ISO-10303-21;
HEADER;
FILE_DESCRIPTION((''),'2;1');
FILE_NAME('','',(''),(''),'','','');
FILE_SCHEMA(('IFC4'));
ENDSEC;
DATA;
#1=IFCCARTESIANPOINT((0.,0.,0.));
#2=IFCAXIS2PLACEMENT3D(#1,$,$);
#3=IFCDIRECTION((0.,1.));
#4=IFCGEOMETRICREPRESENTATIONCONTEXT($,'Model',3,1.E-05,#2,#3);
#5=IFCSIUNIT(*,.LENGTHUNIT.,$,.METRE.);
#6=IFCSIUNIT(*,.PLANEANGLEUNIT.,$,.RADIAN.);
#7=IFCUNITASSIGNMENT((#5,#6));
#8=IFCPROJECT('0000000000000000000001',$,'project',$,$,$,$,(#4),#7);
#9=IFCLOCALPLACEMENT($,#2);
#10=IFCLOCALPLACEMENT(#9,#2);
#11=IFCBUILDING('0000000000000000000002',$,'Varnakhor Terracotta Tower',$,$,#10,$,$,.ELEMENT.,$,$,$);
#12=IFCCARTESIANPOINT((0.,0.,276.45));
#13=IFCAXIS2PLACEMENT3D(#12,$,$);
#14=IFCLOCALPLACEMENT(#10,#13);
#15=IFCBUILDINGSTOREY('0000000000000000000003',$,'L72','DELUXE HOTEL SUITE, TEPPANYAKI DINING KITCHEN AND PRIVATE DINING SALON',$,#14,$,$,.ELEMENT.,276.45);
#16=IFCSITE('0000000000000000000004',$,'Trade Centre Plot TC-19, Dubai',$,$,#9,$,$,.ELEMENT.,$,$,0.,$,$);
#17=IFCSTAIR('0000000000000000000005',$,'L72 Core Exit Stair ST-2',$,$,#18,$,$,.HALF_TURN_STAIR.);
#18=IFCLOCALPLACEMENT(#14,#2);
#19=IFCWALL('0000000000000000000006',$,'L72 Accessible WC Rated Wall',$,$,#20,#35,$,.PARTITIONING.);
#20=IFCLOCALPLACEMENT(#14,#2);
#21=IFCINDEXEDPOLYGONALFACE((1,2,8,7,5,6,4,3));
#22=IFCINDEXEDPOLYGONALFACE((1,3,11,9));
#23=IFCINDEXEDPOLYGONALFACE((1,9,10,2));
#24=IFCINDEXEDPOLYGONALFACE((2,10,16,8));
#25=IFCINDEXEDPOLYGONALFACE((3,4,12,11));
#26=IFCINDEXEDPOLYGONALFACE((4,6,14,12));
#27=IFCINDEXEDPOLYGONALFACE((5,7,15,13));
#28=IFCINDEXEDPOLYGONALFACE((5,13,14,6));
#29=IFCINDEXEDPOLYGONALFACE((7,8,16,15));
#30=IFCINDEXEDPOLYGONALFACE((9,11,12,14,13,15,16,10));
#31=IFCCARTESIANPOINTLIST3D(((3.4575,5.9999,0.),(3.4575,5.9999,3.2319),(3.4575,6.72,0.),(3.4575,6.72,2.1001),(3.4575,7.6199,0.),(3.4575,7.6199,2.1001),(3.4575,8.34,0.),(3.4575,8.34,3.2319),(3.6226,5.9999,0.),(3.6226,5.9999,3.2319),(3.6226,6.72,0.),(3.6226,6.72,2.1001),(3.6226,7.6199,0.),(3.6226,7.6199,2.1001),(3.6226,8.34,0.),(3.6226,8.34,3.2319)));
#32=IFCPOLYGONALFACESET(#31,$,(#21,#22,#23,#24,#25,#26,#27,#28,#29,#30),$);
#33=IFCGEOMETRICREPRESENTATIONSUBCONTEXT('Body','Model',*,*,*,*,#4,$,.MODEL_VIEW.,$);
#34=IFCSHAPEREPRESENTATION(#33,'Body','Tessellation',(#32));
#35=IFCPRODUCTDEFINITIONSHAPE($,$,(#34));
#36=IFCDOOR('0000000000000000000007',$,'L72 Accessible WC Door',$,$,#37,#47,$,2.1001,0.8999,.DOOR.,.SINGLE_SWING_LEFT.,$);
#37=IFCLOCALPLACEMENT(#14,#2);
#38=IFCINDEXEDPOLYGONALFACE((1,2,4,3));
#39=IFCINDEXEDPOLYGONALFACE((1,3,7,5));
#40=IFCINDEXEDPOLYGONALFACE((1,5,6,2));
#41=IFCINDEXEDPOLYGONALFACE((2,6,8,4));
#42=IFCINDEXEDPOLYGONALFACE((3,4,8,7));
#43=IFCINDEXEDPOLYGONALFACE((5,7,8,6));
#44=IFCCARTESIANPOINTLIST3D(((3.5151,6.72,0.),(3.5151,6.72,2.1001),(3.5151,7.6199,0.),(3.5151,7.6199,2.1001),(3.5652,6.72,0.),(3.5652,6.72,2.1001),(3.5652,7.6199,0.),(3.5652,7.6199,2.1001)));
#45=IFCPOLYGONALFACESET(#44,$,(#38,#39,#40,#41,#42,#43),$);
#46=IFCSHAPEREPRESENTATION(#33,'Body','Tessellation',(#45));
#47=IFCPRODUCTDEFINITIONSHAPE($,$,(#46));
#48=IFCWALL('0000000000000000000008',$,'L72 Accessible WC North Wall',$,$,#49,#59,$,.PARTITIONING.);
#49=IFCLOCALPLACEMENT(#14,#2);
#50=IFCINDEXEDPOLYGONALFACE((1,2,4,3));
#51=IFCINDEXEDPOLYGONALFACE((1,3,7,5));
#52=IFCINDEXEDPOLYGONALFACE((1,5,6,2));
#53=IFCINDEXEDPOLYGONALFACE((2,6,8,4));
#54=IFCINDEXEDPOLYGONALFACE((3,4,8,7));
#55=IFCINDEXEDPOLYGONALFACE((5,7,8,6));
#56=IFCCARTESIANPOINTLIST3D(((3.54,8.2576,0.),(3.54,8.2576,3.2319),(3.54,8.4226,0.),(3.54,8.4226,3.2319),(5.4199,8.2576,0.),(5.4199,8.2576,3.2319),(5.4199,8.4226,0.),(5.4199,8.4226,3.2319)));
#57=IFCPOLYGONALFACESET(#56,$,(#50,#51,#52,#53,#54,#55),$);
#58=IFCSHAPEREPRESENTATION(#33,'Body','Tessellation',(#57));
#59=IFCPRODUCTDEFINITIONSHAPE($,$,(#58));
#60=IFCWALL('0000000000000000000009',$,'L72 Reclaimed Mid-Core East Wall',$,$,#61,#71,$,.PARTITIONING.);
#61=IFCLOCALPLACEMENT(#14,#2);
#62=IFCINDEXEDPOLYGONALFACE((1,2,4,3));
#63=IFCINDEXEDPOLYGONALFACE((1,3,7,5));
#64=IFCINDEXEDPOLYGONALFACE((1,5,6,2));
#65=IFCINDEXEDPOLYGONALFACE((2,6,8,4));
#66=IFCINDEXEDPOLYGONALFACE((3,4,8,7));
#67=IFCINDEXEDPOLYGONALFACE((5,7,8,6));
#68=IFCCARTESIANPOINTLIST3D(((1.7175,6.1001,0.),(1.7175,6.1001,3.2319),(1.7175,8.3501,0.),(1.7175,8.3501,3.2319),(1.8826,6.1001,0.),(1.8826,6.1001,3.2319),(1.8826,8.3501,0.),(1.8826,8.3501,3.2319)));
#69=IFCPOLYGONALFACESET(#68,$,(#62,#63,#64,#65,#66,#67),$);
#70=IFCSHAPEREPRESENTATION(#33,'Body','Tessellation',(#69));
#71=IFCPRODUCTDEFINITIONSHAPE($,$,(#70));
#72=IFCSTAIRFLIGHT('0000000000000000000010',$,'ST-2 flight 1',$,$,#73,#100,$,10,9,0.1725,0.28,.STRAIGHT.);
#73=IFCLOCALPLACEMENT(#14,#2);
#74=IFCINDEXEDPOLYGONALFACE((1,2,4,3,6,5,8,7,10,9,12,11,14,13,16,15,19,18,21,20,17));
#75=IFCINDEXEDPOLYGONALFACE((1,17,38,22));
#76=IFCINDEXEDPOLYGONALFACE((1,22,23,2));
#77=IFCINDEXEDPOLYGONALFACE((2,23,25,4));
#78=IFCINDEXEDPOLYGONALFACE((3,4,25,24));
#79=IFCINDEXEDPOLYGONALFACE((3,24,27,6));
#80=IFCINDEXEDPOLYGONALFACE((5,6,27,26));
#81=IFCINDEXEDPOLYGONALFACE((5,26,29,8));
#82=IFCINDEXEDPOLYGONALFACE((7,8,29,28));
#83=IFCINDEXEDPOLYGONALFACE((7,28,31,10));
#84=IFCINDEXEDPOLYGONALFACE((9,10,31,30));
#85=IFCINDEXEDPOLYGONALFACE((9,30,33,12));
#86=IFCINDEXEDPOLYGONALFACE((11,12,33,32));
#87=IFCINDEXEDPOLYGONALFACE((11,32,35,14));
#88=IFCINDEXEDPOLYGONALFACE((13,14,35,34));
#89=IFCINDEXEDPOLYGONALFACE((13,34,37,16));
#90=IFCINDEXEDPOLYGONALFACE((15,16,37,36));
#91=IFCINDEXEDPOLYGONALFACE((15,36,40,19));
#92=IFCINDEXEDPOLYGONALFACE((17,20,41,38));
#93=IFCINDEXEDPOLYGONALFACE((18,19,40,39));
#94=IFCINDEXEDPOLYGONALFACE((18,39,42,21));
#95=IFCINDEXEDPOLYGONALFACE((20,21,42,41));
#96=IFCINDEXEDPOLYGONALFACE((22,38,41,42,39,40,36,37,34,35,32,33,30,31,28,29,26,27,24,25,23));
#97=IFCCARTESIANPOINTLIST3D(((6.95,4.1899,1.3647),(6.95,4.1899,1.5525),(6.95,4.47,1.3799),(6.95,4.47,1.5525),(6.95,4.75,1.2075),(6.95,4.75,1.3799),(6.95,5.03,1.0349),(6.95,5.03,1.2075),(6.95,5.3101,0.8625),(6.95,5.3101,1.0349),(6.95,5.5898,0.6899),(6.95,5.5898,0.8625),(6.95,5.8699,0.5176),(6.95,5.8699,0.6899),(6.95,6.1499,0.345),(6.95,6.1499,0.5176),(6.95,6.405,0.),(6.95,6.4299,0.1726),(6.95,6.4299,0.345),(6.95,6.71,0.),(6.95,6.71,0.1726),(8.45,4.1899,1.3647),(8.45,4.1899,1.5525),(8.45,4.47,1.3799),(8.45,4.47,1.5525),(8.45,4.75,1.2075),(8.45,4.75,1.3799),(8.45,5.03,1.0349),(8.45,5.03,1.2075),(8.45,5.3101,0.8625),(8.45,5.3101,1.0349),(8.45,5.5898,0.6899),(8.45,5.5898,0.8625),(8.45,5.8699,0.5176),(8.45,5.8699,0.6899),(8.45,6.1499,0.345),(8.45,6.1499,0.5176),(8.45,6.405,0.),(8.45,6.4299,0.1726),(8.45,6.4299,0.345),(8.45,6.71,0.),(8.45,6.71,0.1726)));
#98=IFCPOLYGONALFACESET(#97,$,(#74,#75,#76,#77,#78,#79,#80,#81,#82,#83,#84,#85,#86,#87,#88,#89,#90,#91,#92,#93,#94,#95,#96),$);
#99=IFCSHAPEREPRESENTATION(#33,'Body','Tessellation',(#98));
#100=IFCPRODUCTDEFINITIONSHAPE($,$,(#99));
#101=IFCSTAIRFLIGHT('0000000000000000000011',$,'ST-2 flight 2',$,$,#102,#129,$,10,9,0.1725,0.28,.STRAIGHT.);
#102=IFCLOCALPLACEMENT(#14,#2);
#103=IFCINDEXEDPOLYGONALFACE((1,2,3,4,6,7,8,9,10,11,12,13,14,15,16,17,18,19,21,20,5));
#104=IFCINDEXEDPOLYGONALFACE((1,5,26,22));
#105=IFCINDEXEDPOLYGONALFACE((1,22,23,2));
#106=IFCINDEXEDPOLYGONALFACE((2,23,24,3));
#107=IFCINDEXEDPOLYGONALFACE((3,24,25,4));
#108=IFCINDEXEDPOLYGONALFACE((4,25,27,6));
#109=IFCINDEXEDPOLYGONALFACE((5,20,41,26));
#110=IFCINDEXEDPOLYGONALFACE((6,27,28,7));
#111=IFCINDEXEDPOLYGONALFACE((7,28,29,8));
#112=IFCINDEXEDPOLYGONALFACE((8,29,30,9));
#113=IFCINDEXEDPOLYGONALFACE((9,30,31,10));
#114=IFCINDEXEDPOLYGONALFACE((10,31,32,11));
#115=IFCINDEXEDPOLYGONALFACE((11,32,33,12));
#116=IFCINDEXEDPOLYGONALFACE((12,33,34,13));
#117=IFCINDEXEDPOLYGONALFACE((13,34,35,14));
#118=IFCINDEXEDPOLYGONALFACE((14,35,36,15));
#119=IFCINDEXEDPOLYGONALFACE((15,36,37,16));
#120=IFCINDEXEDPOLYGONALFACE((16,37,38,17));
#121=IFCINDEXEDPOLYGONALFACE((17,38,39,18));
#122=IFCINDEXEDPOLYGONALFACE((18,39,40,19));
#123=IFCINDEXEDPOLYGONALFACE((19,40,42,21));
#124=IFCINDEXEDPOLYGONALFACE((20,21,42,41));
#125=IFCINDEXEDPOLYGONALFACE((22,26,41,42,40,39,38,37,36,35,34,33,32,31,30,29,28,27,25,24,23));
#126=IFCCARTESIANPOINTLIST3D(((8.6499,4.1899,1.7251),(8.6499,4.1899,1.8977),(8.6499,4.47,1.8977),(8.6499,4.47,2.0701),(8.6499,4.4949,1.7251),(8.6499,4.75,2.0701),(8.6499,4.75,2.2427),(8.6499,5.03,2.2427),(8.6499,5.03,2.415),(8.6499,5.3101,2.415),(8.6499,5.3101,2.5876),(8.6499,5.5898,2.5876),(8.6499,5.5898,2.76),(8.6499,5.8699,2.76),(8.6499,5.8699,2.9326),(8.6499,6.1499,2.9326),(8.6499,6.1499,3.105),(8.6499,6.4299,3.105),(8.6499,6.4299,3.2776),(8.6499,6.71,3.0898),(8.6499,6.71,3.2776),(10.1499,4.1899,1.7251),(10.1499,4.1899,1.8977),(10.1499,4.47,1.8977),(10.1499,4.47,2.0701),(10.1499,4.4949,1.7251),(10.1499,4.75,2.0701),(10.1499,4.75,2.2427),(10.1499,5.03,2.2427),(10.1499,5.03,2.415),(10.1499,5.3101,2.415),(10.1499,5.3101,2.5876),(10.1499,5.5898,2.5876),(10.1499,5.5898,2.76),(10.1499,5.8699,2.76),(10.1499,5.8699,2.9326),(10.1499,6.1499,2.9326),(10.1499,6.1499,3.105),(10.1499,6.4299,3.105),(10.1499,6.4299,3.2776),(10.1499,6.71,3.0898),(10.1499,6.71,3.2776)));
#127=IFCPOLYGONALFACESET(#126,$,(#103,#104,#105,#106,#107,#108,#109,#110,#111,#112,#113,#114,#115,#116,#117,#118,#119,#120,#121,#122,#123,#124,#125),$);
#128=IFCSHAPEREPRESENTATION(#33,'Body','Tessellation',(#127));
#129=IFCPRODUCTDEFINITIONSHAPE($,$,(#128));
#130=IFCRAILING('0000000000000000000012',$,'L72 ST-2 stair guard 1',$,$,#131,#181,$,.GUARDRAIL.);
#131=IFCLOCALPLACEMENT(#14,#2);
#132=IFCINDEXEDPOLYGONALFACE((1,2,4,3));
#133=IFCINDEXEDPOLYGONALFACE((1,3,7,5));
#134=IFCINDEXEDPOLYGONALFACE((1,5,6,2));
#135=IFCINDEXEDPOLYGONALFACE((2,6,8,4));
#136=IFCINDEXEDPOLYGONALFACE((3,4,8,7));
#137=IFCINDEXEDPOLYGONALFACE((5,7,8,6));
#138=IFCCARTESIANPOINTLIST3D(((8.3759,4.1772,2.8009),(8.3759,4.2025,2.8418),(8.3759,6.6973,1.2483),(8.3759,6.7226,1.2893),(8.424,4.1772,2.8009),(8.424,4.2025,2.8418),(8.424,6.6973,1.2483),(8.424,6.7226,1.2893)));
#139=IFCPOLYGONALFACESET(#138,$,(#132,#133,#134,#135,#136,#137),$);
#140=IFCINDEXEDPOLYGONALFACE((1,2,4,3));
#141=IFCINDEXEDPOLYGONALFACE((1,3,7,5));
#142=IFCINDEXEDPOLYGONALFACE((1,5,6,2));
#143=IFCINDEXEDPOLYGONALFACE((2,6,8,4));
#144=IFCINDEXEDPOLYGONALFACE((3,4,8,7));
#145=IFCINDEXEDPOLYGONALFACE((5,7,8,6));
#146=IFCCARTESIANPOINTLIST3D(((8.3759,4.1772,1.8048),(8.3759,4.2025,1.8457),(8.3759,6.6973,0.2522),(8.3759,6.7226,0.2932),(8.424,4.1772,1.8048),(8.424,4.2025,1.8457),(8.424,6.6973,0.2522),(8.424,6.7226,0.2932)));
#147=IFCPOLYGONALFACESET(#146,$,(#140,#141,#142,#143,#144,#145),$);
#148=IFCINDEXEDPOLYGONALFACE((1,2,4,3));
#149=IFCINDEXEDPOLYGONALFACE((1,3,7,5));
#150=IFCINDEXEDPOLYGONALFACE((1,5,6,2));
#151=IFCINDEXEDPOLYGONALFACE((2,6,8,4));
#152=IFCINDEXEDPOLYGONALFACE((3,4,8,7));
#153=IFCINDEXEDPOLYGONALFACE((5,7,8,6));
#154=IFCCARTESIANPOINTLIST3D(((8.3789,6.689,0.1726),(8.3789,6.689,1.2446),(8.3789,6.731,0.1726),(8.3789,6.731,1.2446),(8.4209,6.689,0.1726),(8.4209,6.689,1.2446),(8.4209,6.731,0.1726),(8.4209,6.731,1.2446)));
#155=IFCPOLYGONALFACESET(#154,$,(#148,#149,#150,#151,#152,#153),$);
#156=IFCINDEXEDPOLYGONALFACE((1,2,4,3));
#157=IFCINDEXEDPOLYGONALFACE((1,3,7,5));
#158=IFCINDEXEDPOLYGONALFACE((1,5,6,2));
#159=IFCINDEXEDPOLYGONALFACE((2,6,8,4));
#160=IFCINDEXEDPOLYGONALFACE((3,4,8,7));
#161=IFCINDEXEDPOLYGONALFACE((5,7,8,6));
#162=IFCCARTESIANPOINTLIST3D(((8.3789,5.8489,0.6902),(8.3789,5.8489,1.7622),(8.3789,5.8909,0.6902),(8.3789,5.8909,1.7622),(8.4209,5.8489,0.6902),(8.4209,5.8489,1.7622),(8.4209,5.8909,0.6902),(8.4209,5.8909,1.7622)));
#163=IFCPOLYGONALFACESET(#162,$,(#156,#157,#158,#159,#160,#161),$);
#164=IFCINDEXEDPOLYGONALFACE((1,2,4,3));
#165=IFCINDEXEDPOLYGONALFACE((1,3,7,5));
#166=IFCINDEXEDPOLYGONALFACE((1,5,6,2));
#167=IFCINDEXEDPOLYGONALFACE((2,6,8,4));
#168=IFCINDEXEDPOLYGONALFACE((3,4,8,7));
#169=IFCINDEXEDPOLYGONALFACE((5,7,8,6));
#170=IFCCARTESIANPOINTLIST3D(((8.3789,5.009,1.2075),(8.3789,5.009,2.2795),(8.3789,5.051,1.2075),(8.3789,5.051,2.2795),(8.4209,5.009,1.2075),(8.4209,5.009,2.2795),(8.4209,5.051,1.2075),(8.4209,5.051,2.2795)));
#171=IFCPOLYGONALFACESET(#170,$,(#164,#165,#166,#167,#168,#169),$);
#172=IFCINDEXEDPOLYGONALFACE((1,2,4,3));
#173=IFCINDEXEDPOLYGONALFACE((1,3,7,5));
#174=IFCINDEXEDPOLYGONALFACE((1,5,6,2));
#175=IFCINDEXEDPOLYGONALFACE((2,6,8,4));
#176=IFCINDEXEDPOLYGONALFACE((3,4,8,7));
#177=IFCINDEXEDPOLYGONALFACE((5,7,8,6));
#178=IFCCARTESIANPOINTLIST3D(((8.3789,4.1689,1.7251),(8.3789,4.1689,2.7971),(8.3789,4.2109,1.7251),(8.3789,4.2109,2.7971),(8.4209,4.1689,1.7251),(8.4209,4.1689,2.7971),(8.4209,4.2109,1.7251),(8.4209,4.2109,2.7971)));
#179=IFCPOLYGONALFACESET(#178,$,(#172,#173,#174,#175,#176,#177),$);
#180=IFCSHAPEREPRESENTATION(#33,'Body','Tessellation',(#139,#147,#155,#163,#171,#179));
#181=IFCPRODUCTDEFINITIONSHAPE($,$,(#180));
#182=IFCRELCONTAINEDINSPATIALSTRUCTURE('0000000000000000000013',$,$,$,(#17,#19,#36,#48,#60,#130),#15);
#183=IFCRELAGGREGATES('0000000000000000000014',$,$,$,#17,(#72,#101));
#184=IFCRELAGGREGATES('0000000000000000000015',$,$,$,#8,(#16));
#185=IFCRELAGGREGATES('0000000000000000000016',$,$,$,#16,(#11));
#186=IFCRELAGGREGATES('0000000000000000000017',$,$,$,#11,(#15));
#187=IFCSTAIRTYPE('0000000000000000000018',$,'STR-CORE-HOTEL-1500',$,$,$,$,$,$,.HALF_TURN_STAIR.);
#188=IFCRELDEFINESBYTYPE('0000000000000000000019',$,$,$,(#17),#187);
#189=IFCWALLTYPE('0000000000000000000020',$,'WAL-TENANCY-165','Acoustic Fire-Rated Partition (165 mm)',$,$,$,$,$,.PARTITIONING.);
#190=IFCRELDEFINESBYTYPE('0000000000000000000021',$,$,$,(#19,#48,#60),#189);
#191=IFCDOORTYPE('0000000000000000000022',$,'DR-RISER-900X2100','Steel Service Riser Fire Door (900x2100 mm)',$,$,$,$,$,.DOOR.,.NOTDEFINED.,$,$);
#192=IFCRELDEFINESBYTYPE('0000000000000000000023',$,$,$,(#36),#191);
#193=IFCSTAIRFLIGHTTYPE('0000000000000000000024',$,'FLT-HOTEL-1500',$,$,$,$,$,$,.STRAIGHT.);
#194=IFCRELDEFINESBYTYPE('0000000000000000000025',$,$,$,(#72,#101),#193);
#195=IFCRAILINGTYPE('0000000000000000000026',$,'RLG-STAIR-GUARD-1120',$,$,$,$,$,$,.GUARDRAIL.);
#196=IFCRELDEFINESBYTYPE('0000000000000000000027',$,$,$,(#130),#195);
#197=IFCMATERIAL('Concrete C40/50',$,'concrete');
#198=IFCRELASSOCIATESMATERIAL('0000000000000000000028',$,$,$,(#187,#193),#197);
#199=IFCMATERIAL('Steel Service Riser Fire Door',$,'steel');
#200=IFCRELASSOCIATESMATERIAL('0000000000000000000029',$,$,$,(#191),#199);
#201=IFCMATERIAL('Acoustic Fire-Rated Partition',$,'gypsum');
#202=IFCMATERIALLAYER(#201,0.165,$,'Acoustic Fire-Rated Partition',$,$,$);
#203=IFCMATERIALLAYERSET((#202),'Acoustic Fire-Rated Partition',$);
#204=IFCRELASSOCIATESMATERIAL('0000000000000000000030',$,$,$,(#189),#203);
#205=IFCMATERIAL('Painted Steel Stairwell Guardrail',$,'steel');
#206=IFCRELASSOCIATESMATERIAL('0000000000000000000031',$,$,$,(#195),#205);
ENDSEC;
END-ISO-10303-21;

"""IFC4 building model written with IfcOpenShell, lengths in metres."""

from ifc_helpers import new_model, si_unit, direction, frame, frame_2d, origin, origin_2d, place, context, subcontext, project, spatial, polyline, rectangle, outline, extrude, source, transform, mapped, material, layer, layer_set, type_object, type_shapes, element, fill, aggregate, save


model = new_model("IFC4")

# Units and contexts
model_context = context("Model", 3, precision=1e-05, world=origin(), true_north=direction((0.0, 1.0)))
body_context = subcontext(model_context, "Body", "Model", "MODEL_VIEW")
ifc_project = project(units=[si_unit("LENGTHUNIT", "METRE"), si_unit("PLANEANGLEUNIT", "RADIAN")], contexts=[model_context])

# Site, building, storey
site_placement = place(None, origin())
site = spatial("IfcSite", under=ifc_project, at=site_placement, Name="Trade Centre Plot TC-19, Dubai", CompositionType="ELEMENT", RefElevation=0.0)
building_placement = place(site_placement, origin())
building = spatial("IfcBuilding", under=site, at=building_placement, Name="Varnakhor Terracotta Tower", CompositionType="ELEMENT")
storey_placement = place(building_placement, frame((0.0, 0.0, 276.45)))
storey = spatial("IfcBuildingStorey", under=building, at=storey_placement, Name="L72", Description="DELUXE HOTEL SUITE, TEPPANYAKI DINING KITCHEN AND PRIVATE DINING SALON", CompositionType="ELEMENT", Elevation=276.45)

# Shared definitions
ifc_material_1 = material(Name="Concrete C40/50", Category="concrete")

# Stair
stair_type = type_object("IfcStairType", Name="STR-CORE-HOTEL-1500", PredefinedType="HALF_TURN_STAIR", material=ifc_material_1)
stair_1_placement = place(storey_placement, origin())
stair_1 = element("IfcStair", 1, at=stair_1_placement, inside=storey, type_object=stair_type, Name="L72 Core Exit Stair ST-2", PredefinedType="HALF_TURN_STAIR")

# Shared definitions
ifc_material_2 = material(Name="Acoustic Fire-Rated Partition", Category="gypsum")

# Wall, opening, door
ifc_material_3 = material(Name="Steel Service Riser Fire Door", Category="steel")
door_type_1 = type_object("IfcDoorType", Name="DR-RISER-900X2100", Description="Steel Service Riser Fire Door (900x2100 mm)", OperationType="NOTDEFINED", PredefinedType="DOOR", material=ifc_material_3)
shared_shape_1 = source(origin(), body_context, "Body", "SweptSolid", [
    extrude(rectangle(XDim=0.8999, YDim=2.1001, at=frame_2d((0.45, 1.05))), frame((0.0, 0.0249, 0.0), z_axis=(0.0, -1.0, 0.0), x_axis=(1.0, 0.0, 0.0)), (0.0, 0.0, 1.0), 0.05),
])
type_shapes(door_type_1, [shared_shape_1])
ifc_layer_1 = layer(ifc_material_2, 0.165, Name="Acoustic Fire-Rated Partition")
ifc_layer_set_1 = layer_set([ifc_layer_1], Name="Acoustic Fire-Rated Partition")
wall_type_1 = type_object("IfcWallType", Name="WAL-TENANCY-165", Description="Acoustic Fire-Rated Partition (165 mm)", PredefinedType="PARTITIONING", material=ifc_layer_set_1)
wall_1_placement = place(storey_placement, frame((3.54, 6.0, 0.0), z_axis=(0.0, 0.0, 1.0), x_axis=(0.0, 1.0, 0.0)))
wall_1 = element("IfcWall", 2, at=wall_1_placement, inside=storey, type_object=wall_type_1, Name="L72 Accessible WC Rated Wall", PredefinedType="PARTITIONING", context=body_context, shape_type="SweptSolid", body=[
    extrude(rectangle(XDim=2.3401, YDim=0.165, at=frame_2d((1.1699, 0.0))), origin(), (0.0, 0.0, 1.0), 3.2319),
])
opening_1_placement = place(wall_1_placement, frame((0.72, 0.0, 0.0)))
opening_1 = element("IfcOpeningElement", 3, at=opening_1_placement, cuts=wall_1, PredefinedType="OPENING", context=body_context, shape_type="SweptSolid", body=[
    extrude(rectangle(XDim=0.8999, YDim=2.1001, at=frame_2d((0.45, 1.05))), frame((0.0, 0.0925, 0.0), z_axis=(0.0, -1.0, 0.0), x_axis=(1.0, 0.0, 0.0)), (0.0, 0.0, 1.0), 0.1851),
])
door_1_placement = place(opening_1_placement, origin())
door_1 = element("IfcDoor", 4, at=door_1_placement, inside=storey, type_object=door_type_1, Name="L72 Accessible WC Door", OperationType="SINGLE_SWING_LEFT", OverallHeight=2.1001, OverallWidth=0.8999, PredefinedType="DOOR", context=body_context, shape_type="MappedRepresentation", body=[
    mapped(shared_shape_1, transform((0.0, 0.0, 0.0), scale=1.0)),
])
fill(opening_1, door_1)

# Walls
wall_2_placement = place(storey_placement, frame((3.54, 8.3401, 0.0), z_axis=(0.0, 0.0, 1.0), x_axis=(1.0, 0.0, 0.0)))
element("IfcWall", 5, at=wall_2_placement, inside=storey, type_object=wall_type_1, Name="L72 Accessible WC North Wall", PredefinedType="PARTITIONING", context=body_context, shape_type="SweptSolid", body=[
    extrude(rectangle(XDim=1.8799, YDim=0.165, at=frame_2d((0.9399, 0.0))), origin(), (0.0, 0.0, 1.0), 3.2319),
])
wall_3_placement = place(storey_placement, frame((1.8, 6.1001, 0.0), z_axis=(0.0, 0.0, 1.0), x_axis=(0.0, 1.0, 0.0)))
element("IfcWall", 6, at=wall_3_placement, inside=storey, type_object=wall_type_1, Name="L72 Reclaimed Mid-Core East Wall", PredefinedType="PARTITIONING", context=body_context, shape_type="SweptSolid", body=[
    extrude(rectangle(XDim=2.25, YDim=0.165, at=frame_2d((1.125, 0.0))), origin(), (0.0, 0.0, 1.0), 3.2319),
])

# Stair flights
stair_flight_type = type_object("IfcStairFlightType", Name="FLT-HOTEL-1500", PredefinedType="STRAIGHT", material=ifc_material_1)
stair_flight_1_placement = place(storey_placement, frame((7.7, 6.71, 0.0), z_axis=(0.0, 0.0, 1.0), x_axis=(0.0, -1.0, 0.0)))
stair_flight_1 = element("IfcStairFlight", 7, at=stair_flight_1_placement, type_object=stair_flight_type, Name="ST-2 flight 1", NumberOfRisers=10, NumberOfTreads=9, PredefinedType="STRAIGHT", RiserHeight=0.1725, TreadLength=0.28, context=body_context, shape_type="SweptSolid", body=[
    extrude(outline(polyline([(0.0, 0.0), (0.0, 0.1726), (0.28, 0.1726), (0.28, 0.345), (0.5601, 0.345), (0.5601, 0.5176), (0.8401, 0.5176), (0.8401, 0.6899), (1.1201, 0.6899), (1.1201, 0.8625), (1.3999, 0.8625), (1.3999, 1.0349), (1.6799, 1.0349), (1.6799, 1.2075), (1.96, 1.2075), (1.96, 1.3799), (2.24, 1.3799), (2.24, 1.5525), (2.52, 1.5525), (2.52, 1.7251), (2.52, 1.3647), (0.3049, 0.0), (0.0, 0.0)])), frame((0.0, 0.75, 0.0), z_axis=(0.0, -1.0, 0.0), x_axis=(1.0, 0.0, 0.0)), (0.0, 0.0, 1.0), 1.5),
])
stair_flight_2_placement = place(storey_placement, frame((9.3999, 4.1899, 1.7251), z_axis=(0.0, 0.0, 1.0), x_axis=(0.0, 1.0, 0.0)))
stair_flight_2 = element("IfcStairFlight", 8, at=stair_flight_2_placement, type_object=stair_flight_type, Name="ST-2 flight 2", NumberOfRisers=10, NumberOfTreads=9, PredefinedType="STRAIGHT", RiserHeight=0.1725, TreadLength=0.28, context=body_context, shape_type="SweptSolid", body=[
    extrude(outline(polyline([(0.0, 0.0), (0.0, 0.1726), (0.28, 0.1726), (0.28, 0.345), (0.5601, 0.345), (0.5601, 0.5176), (0.8401, 0.5176), (0.8401, 0.6899), (1.1201, 0.6899), (1.1201, 0.8625), (1.3999, 0.8625), (1.3999, 1.0349), (1.6799, 1.0349), (1.6799, 1.2075), (1.96, 1.2075), (1.96, 1.3799), (2.24, 1.3799), (2.24, 1.5525), (2.52, 1.5525), (2.52, 1.7251), (2.52, 1.3647), (0.3049, 0.0), (0.0, 0.0)])), frame((0.0, 0.75, 0.0), z_axis=(0.0, -1.0, 0.0), x_axis=(1.0, 0.0, 0.0)), (0.0, 0.0, 1.0), 1.5),
])
aggregate(stair_1, [stair_flight_1, stair_flight_2])

# Railing
ifc_material_4 = material(Name="Painted Steel Stairwell Guardrail", Category="steel")
railing_type_1 = type_object("IfcRailingType", Name="RLG-STAIR-GUARD-1120", PredefinedType="GUARDRAIL", material=ifc_material_4)
railing_1_placement = place(storey_placement, frame((8.3999, 6.71, 0.1726)))
element("IfcRailing", 9, at=railing_1_placement, inside=storey, type_object=railing_type_1, Name="L72 ST-2 stair guard 1", PredefinedType="GUARDRAIL", context=body_context, shape_type="SweptSolid", body=[
    extrude(rectangle(XDim=0.0481, YDim=0.0481, at=origin_2d()), frame((0.0, 0.0, 1.0962), z_axis=(0.0, -0.8514, 0.524516), x_axis=(1.0, 0.0, 0.0)), (0.0, 0.0, 1.0), 2.96),
    extrude(rectangle(XDim=0.0481, YDim=0.0481, at=origin_2d()), frame((0.0, 0.0, 0.1001), z_axis=(0.0, -0.8514, 0.524516), x_axis=(1.0, 0.0, 0.0)), (0.0, 0.0, 1.0), 2.96),
    extrude(rectangle(XDim=0.042, YDim=0.042, at=origin_2d()), origin(), (0.0, 0.0, 1.0), 1.072),
    extrude(rectangle(XDim=0.042, YDim=0.042, at=origin_2d()), frame((0.0, -0.8401, 0.5176)), (0.0, 0.0, 1.0), 1.072),
    extrude(rectangle(XDim=0.042, YDim=0.042, at=origin_2d()), frame((0.0, -1.6799, 1.0349)), (0.0, 0.0, 1.0), 1.072),
    extrude(rectangle(XDim=0.042, YDim=0.042, at=origin_2d()), frame((0.0, -2.52, 1.5525)), (0.0, 0.0, 1.0), 1.072),
])

save(model, "model.ifc")
